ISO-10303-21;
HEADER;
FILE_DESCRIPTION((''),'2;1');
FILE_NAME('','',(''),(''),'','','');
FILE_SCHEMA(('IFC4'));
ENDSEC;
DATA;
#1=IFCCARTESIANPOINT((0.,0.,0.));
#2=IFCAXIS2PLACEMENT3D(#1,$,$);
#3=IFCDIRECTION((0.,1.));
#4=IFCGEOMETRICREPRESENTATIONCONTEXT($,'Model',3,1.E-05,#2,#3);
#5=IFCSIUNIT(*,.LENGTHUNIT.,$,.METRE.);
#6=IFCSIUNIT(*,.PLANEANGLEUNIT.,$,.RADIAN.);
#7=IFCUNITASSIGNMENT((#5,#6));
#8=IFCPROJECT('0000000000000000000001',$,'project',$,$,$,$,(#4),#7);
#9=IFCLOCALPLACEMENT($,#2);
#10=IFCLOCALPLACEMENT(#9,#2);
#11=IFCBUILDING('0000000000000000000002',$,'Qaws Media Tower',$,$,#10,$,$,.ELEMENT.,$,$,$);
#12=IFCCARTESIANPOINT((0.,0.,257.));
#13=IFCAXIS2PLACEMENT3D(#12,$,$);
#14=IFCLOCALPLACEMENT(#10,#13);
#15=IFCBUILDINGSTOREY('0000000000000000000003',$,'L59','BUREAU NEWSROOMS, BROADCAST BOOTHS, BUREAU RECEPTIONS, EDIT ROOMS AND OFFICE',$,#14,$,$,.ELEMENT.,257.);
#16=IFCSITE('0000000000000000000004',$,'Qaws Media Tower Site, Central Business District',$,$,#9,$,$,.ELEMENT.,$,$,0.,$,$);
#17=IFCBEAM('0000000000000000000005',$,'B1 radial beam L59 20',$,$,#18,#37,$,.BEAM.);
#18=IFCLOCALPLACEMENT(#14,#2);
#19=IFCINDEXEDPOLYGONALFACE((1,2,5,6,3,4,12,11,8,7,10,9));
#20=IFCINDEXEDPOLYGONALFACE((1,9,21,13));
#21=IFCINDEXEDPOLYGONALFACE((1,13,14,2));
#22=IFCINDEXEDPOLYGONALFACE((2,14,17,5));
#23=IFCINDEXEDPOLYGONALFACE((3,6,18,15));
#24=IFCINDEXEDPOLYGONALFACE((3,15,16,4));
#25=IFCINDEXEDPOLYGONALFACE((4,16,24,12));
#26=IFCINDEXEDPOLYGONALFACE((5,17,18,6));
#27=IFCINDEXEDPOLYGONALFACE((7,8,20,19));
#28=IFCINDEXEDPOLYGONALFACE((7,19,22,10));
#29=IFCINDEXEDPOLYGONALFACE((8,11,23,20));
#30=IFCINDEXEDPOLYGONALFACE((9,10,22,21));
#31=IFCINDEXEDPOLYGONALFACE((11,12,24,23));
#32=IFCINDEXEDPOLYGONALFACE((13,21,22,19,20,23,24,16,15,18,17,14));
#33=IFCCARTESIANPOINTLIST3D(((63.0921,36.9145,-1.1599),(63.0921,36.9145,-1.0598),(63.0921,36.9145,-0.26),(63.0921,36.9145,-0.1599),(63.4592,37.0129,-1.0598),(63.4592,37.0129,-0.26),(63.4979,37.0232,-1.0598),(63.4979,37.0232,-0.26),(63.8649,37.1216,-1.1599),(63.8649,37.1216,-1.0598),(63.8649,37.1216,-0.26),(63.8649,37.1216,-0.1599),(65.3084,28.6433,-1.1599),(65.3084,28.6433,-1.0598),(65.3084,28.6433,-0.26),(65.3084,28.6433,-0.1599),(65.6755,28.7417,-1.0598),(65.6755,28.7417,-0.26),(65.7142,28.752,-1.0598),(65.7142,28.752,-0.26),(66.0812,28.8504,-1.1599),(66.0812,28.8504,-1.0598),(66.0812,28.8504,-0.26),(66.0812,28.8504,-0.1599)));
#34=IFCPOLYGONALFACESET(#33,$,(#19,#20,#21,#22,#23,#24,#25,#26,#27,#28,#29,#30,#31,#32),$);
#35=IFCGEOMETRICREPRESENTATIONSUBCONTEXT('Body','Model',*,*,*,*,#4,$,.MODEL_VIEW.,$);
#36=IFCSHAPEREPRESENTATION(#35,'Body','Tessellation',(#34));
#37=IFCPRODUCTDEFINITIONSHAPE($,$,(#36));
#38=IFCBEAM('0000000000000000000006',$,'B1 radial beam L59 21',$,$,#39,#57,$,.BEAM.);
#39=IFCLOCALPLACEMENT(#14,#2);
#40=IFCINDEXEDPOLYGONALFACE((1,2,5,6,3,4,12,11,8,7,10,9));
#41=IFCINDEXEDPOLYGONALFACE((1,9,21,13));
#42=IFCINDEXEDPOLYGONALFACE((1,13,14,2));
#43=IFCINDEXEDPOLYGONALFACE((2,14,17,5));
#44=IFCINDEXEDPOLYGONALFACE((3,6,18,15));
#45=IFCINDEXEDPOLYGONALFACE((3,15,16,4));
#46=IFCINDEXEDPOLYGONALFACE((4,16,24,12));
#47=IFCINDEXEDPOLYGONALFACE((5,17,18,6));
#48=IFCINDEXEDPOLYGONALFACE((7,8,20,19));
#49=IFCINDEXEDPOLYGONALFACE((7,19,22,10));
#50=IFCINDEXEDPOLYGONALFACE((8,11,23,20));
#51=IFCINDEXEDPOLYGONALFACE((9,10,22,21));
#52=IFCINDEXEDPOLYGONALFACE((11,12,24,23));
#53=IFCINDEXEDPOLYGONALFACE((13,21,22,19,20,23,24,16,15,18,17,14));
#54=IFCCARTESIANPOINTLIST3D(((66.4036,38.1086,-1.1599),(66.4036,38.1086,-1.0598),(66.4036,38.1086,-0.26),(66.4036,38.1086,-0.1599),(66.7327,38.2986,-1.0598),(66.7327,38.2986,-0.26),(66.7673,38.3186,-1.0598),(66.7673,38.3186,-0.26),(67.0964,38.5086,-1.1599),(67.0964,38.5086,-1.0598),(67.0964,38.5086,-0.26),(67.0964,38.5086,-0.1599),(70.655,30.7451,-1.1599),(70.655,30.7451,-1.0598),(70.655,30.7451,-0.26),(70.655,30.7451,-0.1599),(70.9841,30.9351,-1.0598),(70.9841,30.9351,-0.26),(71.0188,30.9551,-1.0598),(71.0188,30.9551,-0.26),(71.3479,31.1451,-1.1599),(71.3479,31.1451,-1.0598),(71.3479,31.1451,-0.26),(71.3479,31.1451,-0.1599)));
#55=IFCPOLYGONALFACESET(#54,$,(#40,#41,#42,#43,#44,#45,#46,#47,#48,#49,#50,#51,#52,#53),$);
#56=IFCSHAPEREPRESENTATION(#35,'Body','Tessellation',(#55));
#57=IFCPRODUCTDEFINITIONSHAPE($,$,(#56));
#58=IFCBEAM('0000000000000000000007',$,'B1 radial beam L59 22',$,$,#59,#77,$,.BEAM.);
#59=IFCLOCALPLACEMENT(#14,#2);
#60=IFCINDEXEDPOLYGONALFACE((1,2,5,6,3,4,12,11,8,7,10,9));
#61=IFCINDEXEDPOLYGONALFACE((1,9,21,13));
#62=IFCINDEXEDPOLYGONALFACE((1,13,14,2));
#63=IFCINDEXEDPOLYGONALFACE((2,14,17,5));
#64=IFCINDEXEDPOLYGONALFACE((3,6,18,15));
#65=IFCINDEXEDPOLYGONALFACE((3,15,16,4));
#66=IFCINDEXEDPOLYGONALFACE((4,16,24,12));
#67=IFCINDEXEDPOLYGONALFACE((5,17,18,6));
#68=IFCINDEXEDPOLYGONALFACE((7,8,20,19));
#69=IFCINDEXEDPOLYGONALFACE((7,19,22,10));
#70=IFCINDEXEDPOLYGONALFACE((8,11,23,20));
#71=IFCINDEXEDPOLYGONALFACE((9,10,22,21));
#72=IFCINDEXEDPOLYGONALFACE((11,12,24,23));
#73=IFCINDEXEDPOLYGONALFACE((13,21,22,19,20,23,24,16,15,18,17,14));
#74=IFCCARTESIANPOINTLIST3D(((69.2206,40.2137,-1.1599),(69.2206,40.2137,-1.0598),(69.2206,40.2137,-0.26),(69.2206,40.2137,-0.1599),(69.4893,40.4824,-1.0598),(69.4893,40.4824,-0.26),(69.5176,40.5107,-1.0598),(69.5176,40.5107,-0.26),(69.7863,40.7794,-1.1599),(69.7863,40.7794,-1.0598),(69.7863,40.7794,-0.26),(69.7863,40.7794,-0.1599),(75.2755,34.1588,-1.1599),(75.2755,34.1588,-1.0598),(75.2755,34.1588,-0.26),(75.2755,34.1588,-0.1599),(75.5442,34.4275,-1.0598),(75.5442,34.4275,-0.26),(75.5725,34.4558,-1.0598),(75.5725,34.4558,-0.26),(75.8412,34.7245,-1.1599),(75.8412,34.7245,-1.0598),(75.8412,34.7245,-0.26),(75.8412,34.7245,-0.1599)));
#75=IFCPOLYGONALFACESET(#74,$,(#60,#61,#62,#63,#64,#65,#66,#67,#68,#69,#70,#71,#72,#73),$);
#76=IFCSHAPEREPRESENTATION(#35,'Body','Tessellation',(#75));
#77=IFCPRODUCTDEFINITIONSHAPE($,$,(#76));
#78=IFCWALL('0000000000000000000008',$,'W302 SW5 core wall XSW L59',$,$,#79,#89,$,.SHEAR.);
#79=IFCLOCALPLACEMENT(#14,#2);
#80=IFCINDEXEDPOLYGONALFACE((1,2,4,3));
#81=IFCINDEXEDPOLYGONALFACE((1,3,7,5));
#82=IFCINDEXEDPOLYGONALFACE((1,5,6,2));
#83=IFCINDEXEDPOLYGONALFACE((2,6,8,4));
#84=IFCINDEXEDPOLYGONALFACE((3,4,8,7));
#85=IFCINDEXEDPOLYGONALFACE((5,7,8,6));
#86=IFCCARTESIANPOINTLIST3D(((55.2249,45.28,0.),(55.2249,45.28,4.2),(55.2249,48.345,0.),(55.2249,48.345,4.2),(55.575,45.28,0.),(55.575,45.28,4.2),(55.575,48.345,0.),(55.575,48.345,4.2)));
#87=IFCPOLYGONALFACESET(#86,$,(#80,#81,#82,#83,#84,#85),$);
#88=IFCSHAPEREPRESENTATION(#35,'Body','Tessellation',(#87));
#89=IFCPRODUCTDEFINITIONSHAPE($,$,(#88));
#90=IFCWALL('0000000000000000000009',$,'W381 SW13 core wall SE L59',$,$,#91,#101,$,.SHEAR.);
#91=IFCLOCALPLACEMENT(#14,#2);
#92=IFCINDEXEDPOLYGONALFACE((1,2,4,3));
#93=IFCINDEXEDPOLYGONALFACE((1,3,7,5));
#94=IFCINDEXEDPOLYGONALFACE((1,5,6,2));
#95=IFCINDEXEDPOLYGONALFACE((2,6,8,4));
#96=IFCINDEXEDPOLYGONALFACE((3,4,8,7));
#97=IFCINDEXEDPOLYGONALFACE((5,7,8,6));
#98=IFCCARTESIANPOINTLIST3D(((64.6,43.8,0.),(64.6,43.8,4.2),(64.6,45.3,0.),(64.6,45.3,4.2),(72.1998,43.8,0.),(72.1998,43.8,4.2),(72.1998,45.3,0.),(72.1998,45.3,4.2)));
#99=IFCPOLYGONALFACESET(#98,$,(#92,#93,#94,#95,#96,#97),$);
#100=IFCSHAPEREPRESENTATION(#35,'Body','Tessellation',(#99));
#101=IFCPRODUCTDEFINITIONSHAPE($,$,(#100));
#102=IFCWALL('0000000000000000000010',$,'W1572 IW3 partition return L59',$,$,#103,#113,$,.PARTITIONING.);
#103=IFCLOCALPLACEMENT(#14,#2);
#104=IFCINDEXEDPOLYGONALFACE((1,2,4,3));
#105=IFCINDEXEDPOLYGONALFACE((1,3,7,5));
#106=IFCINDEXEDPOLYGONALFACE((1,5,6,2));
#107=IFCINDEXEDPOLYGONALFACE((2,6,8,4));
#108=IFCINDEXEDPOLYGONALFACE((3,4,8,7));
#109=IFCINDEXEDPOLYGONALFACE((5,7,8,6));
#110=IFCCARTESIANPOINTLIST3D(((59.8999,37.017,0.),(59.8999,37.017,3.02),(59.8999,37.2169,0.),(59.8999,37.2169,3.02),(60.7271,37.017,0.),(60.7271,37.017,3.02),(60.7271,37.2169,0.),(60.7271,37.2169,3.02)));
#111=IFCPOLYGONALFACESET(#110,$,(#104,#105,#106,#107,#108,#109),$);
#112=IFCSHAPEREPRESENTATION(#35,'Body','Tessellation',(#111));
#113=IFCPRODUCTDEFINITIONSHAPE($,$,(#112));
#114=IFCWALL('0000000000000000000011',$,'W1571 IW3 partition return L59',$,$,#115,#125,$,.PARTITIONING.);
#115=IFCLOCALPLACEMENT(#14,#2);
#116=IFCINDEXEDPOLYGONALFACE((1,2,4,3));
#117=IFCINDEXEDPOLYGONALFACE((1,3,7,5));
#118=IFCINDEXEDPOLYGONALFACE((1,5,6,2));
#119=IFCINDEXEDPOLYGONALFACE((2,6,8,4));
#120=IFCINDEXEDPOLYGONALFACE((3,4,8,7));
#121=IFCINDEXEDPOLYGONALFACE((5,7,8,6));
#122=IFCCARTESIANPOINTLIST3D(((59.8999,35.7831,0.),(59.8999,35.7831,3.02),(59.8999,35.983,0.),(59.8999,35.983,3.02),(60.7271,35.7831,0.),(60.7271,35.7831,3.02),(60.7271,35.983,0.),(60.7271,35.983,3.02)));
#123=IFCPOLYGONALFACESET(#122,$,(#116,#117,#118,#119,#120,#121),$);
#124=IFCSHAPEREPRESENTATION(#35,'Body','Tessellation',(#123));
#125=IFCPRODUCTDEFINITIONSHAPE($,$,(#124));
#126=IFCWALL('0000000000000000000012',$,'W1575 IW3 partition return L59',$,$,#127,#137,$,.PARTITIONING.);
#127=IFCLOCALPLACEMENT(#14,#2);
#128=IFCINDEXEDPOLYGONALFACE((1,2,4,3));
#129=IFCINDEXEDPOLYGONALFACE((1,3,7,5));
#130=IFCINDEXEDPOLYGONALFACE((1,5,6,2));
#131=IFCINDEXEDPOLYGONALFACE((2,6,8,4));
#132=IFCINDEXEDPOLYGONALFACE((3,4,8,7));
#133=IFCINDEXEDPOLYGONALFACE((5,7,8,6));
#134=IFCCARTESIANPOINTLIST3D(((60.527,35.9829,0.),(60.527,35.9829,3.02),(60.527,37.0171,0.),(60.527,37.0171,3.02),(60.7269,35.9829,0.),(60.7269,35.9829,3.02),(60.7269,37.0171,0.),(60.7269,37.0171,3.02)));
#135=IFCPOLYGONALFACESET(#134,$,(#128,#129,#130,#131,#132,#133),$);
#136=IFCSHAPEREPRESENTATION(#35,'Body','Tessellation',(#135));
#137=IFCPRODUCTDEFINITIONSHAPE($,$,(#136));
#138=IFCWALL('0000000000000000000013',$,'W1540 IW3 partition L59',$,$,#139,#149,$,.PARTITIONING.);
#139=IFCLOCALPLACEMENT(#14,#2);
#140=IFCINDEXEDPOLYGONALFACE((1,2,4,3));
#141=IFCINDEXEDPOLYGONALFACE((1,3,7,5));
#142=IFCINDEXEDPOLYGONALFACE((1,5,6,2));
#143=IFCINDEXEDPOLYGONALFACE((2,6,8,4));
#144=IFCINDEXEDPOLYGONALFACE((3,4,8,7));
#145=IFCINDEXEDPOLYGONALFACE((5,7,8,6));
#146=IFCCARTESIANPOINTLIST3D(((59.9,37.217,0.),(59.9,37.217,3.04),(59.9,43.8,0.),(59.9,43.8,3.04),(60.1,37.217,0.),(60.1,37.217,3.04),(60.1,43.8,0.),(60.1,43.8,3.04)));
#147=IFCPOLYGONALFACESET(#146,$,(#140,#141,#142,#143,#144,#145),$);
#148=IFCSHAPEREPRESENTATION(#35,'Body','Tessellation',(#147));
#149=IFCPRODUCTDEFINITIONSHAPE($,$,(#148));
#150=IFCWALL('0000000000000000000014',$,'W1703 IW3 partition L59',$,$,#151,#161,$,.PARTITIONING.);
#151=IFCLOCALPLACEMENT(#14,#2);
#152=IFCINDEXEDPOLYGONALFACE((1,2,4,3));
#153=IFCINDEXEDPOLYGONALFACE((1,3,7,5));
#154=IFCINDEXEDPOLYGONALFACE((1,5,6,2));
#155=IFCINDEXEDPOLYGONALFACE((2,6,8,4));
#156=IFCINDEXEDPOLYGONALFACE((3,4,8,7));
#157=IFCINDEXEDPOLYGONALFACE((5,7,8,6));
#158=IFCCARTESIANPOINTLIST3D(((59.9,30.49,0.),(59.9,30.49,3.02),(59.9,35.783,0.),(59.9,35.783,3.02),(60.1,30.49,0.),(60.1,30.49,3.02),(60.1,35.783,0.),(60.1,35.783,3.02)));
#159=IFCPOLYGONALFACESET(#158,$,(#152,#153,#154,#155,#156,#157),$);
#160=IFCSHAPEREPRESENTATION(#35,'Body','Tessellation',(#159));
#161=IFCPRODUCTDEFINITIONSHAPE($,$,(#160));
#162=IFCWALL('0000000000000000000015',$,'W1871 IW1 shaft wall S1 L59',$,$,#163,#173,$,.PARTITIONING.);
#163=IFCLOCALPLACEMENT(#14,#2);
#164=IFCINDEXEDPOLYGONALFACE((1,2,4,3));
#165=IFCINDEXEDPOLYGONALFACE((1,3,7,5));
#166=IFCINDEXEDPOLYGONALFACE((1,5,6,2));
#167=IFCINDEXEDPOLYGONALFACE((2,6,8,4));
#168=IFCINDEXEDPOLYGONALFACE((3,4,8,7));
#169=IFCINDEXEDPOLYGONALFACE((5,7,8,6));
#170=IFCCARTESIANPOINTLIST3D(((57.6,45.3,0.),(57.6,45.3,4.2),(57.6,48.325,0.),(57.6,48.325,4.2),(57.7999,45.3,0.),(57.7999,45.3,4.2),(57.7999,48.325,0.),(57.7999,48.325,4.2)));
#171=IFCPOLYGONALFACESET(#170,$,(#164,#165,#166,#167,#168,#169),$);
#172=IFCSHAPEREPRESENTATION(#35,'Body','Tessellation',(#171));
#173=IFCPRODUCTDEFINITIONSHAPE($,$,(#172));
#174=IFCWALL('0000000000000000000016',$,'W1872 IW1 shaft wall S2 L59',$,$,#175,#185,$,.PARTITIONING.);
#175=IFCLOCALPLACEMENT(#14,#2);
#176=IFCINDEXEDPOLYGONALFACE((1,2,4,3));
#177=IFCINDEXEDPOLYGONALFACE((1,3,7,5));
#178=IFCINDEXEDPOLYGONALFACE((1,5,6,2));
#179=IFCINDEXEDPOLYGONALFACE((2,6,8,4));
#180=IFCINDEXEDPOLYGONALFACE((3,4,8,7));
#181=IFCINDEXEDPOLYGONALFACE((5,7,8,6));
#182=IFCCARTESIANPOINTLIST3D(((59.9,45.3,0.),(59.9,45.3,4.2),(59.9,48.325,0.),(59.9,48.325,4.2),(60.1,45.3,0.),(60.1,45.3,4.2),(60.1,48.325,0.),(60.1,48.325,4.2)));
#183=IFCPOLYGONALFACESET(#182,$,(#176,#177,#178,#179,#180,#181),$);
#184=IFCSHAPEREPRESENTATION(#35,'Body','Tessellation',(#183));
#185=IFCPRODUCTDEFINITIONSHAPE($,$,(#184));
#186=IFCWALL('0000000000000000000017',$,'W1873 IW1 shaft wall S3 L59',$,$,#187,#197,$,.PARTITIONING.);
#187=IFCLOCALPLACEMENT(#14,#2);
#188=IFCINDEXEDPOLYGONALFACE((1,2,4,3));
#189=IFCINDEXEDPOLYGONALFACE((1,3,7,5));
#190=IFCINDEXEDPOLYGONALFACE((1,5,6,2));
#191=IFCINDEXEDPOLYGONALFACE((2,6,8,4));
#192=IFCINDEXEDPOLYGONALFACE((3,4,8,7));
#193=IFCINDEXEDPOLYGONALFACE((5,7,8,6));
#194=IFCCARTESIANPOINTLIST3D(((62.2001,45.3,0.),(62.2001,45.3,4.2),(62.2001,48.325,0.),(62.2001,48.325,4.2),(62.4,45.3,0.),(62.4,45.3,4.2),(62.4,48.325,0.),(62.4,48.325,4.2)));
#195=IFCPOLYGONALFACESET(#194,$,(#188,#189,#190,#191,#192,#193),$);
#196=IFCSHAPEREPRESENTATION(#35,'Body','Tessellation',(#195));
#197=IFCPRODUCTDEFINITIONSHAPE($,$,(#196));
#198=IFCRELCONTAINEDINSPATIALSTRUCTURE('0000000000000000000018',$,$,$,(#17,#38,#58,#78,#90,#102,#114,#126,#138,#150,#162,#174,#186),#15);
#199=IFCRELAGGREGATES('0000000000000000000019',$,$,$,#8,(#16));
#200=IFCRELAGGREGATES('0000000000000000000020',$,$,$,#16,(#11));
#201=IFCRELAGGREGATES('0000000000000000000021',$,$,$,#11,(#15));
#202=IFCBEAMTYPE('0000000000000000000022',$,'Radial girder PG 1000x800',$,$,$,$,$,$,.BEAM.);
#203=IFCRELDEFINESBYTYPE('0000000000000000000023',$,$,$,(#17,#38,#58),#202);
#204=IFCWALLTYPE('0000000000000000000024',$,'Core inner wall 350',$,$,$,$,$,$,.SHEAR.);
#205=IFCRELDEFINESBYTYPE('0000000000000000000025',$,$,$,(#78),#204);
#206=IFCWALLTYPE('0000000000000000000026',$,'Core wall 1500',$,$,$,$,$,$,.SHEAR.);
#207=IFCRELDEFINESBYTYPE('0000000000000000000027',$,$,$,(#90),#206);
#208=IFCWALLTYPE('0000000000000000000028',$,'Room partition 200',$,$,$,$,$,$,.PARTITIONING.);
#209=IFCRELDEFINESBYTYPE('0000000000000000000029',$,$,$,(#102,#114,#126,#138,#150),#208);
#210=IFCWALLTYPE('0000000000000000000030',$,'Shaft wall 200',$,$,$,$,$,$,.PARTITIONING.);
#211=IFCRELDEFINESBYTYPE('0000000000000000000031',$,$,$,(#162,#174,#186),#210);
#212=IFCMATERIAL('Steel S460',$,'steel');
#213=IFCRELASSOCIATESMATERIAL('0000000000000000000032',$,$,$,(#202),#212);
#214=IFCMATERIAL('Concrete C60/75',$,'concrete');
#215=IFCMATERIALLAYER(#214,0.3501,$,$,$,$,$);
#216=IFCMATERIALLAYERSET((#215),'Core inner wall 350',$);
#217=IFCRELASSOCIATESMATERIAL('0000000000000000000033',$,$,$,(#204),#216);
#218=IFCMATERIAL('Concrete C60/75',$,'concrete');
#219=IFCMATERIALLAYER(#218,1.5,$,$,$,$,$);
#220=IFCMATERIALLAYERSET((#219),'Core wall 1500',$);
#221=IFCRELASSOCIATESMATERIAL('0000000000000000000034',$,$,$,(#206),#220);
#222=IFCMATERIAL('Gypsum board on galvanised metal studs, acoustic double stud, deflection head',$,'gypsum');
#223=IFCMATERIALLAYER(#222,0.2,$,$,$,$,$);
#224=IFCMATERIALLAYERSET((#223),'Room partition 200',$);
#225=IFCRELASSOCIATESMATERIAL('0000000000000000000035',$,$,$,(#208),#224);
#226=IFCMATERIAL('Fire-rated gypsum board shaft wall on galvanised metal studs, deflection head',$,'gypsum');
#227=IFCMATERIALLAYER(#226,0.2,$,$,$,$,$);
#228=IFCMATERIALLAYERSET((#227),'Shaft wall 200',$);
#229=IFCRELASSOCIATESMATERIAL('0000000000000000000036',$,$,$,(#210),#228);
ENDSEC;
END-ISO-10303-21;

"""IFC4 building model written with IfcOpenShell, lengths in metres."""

from ifc_helpers import new_model, si_unit, direction, frame, frame_2d, origin, origin_2d, place, context, subcontext, project, spatial, rectangle, i_section, extrude, material, layer, layer_set, material_profile, profile_set, type_object, element, save


model = new_model("IFC4")

# Units and contexts
model_context = context("Model", 3, precision=1e-05, world=origin(), true_north=direction((0.0, 1.0)))
body_context = subcontext(model_context, "Body", "Model", "MODEL_VIEW")
ifc_project = project(units=[si_unit("LENGTHUNIT", "METRE"), si_unit("PLANEANGLEUNIT", "RADIAN")], contexts=[model_context])

# Site, building, storey
site_placement = place(None, origin())
site = spatial("IfcSite", under=ifc_project, at=site_placement, Name="Qaws Media Tower Site, Central Business District", CompositionType="ELEMENT", RefElevation=0.0)
building_placement = place(site_placement, origin())
building = spatial("IfcBuilding", under=site, at=building_placement, Name="Qaws Media Tower", CompositionType="ELEMENT")
storey_placement = place(building_placement, frame((0.0, 0.0, 257.0)))
storey = spatial("IfcBuildingStorey", under=building, at=storey_placement, Name="L59", Description="BUREAU NEWSROOMS, BROADCAST BOOTHS, BUREAU RECEPTIONS, EDIT ROOMS AND OFFICE", CompositionType="ELEMENT", Elevation=257.0)

# Beams
ifc_material_1 = material(Name="Steel S460", Category="steel")
ifc_material_profile_1 = material_profile(ifc_material_1, i_section(OverallWidth=0.8, OverallDepth=1.0, WebThickness=0.04, FlangeThickness=0.1001, at=origin_2d()), Name="PG 1000x800")
ifc_profile_set_1 = profile_set([ifc_material_profile_1], Name="Steel S460")
beam_type_1 = type_object("IfcBeamType", Name="Radial girder PG 1000x800", PredefinedType="BEAM", material=ifc_profile_set_1)
beam_1_placement = place(storey_placement, frame((63.4785, 37.0181, -0.6599), z_axis=(0.258823, -0.965925, 0.0), x_axis=(0.965925, 0.258823, 0.0)))
element("IfcBeam", 1, at=beam_1_placement, inside=storey, type_object=beam_type_1, Name="B1 radial beam L59 20", PredefinedType="BEAM", context=body_context, shape_type="SweptSolid", body=[
    extrude(i_section(OverallWidth=0.8, OverallDepth=1.0, WebThickness=0.04, FlangeThickness=0.1001, at=origin_2d()), origin(), (0.0, 0.0, 1.0), 8.563),
])
beam_2_placement = place(storey_placement, frame((66.75, 38.3086, -0.6599), z_axis=(0.500012, -0.866019, 0.0), x_axis=(0.866019, 0.500012, 0.0)))
element("IfcBeam", 2, at=beam_2_placement, inside=storey, type_object=beam_type_1, Name="B1 radial beam L59 21", PredefinedType="BEAM", context=body_context, shape_type="SweptSolid", body=[
    extrude(i_section(OverallWidth=0.8, OverallDepth=1.0, WebThickness=0.04, FlangeThickness=0.1001, at=origin_2d()), origin(), (0.0, 0.0, 1.0), 8.5027),
])
beam_3_placement = place(storey_placement, frame((69.5034, 40.4966, -0.6599), z_axis=(0.707107, -0.707107, 0.0), x_axis=(0.707107, 0.707107, 0.0)))
element("IfcBeam", 3, at=beam_3_placement, inside=storey, type_object=beam_type_1, Name="B1 radial beam L59 22", PredefinedType="BEAM", context=body_context, shape_type="SweptSolid", body=[
    extrude(i_section(OverallWidth=0.8, OverallDepth=1.0, WebThickness=0.04, FlangeThickness=0.1001, at=origin_2d()), origin(), (0.0, 0.0, 1.0), 8.563),
])

# Walls
ifc_material_2 = material(Name="Concrete C60/75", Category="concrete")
ifc_layer_1 = layer(ifc_material_2, 0.3501)
ifc_layer_set_1 = layer_set([ifc_layer_1], Name="Core inner wall 350")
wall_type_1 = type_object("IfcWallType", Name="Core inner wall 350", PredefinedType="SHEAR", material=ifc_layer_set_1)
wall_1_placement = place(storey_placement, frame((55.3999, 48.345, 0.0), z_axis=(0.0, 0.0, 1.0), x_axis=(0.0, -1.0, 0.0)))
element("IfcWall", 4, at=wall_1_placement, inside=storey, type_object=wall_type_1, Name="W302 SW5 core wall XSW L59", PredefinedType="SHEAR", context=body_context, shape_type="SweptSolid", body=[
    extrude(rectangle(XDim=3.0649, YDim=0.3501, at=frame_2d((1.5325, 0.0))), origin(), (0.0, 0.0, 1.0), 4.2),
])
ifc_material_3 = material(Name="Concrete C60/75", Category="concrete")
ifc_layer_2 = layer(ifc_material_3, 1.5)
ifc_layer_set_2 = layer_set([ifc_layer_2], Name="Core wall 1500")
wall_type_2 = type_object("IfcWallType", Name="Core wall 1500", PredefinedType="SHEAR", material=ifc_layer_set_2)
wall_2_placement = place(storey_placement, frame((64.6001, 44.55, 0.0), z_axis=(0.0, 0.0, 1.0), x_axis=(1.0, 0.0, 0.0)))
element("IfcWall", 5, at=wall_2_placement, inside=storey, type_object=wall_type_2, Name="W381 SW13 core wall SE L59", PredefinedType="SHEAR", context=body_context, shape_type="SweptSolid", body=[
    extrude(rectangle(XDim=7.5999, YDim=1.5, at=frame_2d((3.7998, 0.0))), origin(), (0.0, 0.0, 1.0), 4.2),
])
ifc_material_4 = material(Name="Gypsum board on galvanised metal studs, acoustic double stud, deflection head", Category="gypsum")
ifc_layer_3 = layer(ifc_material_4, 0.2)
ifc_layer_set_3 = layer_set([ifc_layer_3], Name="Room partition 200")
wall_type_3 = type_object("IfcWallType", Name="Room partition 200", PredefinedType="PARTITIONING", material=ifc_layer_set_3)
for number, where, z_axis, x_axis, name in (
    (6, (59.8999, 37.1169, 0.0), (0.0, 0.0, 1.0), (1.0, 0.0, 0.0), "W1572 IW3 partition return L59"),
    (7, (59.8999, 35.8831, 0.0), (0.0, 0.0, 1.0), (1.0, 0.0, 0.0), "W1571 IW3 partition return L59"),
):
    element("IfcWall", number, at=place(storey_placement, frame(where, z_axis=z_axis, x_axis=x_axis)), inside=storey, type_object=wall_type_3, Name=name, PredefinedType="PARTITIONING", context=body_context, shape_type="SweptSolid", body=[
        extrude(rectangle(XDim=0.8271, YDim=0.2, at=frame_2d((0.4136, 0.0))), origin(), (0.0, 0.0, 1.0), 3.02),
    ])
wall_3_placement = place(storey_placement, frame((60.627, 37.0171, 0.0), z_axis=(0.0, 0.0, 1.0), x_axis=(0.0, -1.0, 0.0)))
element("IfcWall", 8, at=wall_3_placement, inside=storey, type_object=wall_type_3, Name="W1575 IW3 partition return L59", PredefinedType="PARTITIONING", context=body_context, shape_type="SweptSolid", body=[
    extrude(rectangle(XDim=1.0342, YDim=0.2, at=frame_2d((0.5171, 0.0))), origin(), (0.0, 0.0, 1.0), 3.02),
])
wall_4_placement = place(storey_placement, frame((60.0, 43.8, 0.0), z_axis=(0.0, 0.0, 1.0), x_axis=(0.0, -1.0, 0.0)))
element("IfcWall", 9, at=wall_4_placement, inside=storey, type_object=wall_type_3, Name="W1540 IW3 partition L59", PredefinedType="PARTITIONING", context=body_context, shape_type="SweptSolid", body=[
    extrude(rectangle(XDim=6.583, YDim=0.2, at=frame_2d((3.2915, 0.0))), origin(), (0.0, 0.0, 1.0), 3.04),
])
wall_5_placement = place(storey_placement, frame((60.0, 35.783, 0.0), z_axis=(0.0, 0.0, 1.0), x_axis=(0.0, -1.0, 0.0)))
element("IfcWall", 10, at=wall_5_placement, inside=storey, type_object=wall_type_3, Name="W1703 IW3 partition L59", PredefinedType="PARTITIONING", context=body_context, shape_type="SweptSolid", body=[
    extrude(rectangle(XDim=5.293, YDim=0.2, at=frame_2d((2.6465, 0.0))), origin(), (0.0, 0.0, 1.0), 3.02),
])
ifc_material_5 = material(Name="Fire-rated gypsum board shaft wall on galvanised metal studs, deflection head", Category="gypsum")
ifc_layer_4 = layer(ifc_material_5, 0.2)
ifc_layer_set_4 = layer_set([ifc_layer_4], Name="Shaft wall 200")
wall_type_4 = type_object("IfcWallType", Name="Shaft wall 200", PredefinedType="PARTITIONING", material=ifc_layer_set_4)
for number, where, z_axis, x_axis, name in (
    (11, (57.7, 45.3, 0.0), (0.0, 0.0, 1.0), (0.0, 1.0, 0.0), "W1871 IW1 shaft wall S1 L59"),
    (12, (60.0, 45.3, 0.0), (0.0, 0.0, 1.0), (0.0, 1.0, 0.0), "W1872 IW1 shaft wall S2 L59"),
    (13, (62.3, 45.3, 0.0), (0.0, 0.0, 1.0), (0.0, 1.0, 0.0), "W1873 IW1 shaft wall S3 L59"),
):
    element("IfcWall", number, at=place(storey_placement, frame(where, z_axis=z_axis, x_axis=x_axis)), inside=storey, type_object=wall_type_4, Name=name, PredefinedType="PARTITIONING", context=body_context, shape_type="SweptSolid", body=[
        extrude(rectangle(XDim=3.0249, YDim=0.2, at=frame_2d((1.5125, 0.0))), origin(), (0.0, 0.0, 1.0), 4.2),
    ])

save(model, "model.ifc")
